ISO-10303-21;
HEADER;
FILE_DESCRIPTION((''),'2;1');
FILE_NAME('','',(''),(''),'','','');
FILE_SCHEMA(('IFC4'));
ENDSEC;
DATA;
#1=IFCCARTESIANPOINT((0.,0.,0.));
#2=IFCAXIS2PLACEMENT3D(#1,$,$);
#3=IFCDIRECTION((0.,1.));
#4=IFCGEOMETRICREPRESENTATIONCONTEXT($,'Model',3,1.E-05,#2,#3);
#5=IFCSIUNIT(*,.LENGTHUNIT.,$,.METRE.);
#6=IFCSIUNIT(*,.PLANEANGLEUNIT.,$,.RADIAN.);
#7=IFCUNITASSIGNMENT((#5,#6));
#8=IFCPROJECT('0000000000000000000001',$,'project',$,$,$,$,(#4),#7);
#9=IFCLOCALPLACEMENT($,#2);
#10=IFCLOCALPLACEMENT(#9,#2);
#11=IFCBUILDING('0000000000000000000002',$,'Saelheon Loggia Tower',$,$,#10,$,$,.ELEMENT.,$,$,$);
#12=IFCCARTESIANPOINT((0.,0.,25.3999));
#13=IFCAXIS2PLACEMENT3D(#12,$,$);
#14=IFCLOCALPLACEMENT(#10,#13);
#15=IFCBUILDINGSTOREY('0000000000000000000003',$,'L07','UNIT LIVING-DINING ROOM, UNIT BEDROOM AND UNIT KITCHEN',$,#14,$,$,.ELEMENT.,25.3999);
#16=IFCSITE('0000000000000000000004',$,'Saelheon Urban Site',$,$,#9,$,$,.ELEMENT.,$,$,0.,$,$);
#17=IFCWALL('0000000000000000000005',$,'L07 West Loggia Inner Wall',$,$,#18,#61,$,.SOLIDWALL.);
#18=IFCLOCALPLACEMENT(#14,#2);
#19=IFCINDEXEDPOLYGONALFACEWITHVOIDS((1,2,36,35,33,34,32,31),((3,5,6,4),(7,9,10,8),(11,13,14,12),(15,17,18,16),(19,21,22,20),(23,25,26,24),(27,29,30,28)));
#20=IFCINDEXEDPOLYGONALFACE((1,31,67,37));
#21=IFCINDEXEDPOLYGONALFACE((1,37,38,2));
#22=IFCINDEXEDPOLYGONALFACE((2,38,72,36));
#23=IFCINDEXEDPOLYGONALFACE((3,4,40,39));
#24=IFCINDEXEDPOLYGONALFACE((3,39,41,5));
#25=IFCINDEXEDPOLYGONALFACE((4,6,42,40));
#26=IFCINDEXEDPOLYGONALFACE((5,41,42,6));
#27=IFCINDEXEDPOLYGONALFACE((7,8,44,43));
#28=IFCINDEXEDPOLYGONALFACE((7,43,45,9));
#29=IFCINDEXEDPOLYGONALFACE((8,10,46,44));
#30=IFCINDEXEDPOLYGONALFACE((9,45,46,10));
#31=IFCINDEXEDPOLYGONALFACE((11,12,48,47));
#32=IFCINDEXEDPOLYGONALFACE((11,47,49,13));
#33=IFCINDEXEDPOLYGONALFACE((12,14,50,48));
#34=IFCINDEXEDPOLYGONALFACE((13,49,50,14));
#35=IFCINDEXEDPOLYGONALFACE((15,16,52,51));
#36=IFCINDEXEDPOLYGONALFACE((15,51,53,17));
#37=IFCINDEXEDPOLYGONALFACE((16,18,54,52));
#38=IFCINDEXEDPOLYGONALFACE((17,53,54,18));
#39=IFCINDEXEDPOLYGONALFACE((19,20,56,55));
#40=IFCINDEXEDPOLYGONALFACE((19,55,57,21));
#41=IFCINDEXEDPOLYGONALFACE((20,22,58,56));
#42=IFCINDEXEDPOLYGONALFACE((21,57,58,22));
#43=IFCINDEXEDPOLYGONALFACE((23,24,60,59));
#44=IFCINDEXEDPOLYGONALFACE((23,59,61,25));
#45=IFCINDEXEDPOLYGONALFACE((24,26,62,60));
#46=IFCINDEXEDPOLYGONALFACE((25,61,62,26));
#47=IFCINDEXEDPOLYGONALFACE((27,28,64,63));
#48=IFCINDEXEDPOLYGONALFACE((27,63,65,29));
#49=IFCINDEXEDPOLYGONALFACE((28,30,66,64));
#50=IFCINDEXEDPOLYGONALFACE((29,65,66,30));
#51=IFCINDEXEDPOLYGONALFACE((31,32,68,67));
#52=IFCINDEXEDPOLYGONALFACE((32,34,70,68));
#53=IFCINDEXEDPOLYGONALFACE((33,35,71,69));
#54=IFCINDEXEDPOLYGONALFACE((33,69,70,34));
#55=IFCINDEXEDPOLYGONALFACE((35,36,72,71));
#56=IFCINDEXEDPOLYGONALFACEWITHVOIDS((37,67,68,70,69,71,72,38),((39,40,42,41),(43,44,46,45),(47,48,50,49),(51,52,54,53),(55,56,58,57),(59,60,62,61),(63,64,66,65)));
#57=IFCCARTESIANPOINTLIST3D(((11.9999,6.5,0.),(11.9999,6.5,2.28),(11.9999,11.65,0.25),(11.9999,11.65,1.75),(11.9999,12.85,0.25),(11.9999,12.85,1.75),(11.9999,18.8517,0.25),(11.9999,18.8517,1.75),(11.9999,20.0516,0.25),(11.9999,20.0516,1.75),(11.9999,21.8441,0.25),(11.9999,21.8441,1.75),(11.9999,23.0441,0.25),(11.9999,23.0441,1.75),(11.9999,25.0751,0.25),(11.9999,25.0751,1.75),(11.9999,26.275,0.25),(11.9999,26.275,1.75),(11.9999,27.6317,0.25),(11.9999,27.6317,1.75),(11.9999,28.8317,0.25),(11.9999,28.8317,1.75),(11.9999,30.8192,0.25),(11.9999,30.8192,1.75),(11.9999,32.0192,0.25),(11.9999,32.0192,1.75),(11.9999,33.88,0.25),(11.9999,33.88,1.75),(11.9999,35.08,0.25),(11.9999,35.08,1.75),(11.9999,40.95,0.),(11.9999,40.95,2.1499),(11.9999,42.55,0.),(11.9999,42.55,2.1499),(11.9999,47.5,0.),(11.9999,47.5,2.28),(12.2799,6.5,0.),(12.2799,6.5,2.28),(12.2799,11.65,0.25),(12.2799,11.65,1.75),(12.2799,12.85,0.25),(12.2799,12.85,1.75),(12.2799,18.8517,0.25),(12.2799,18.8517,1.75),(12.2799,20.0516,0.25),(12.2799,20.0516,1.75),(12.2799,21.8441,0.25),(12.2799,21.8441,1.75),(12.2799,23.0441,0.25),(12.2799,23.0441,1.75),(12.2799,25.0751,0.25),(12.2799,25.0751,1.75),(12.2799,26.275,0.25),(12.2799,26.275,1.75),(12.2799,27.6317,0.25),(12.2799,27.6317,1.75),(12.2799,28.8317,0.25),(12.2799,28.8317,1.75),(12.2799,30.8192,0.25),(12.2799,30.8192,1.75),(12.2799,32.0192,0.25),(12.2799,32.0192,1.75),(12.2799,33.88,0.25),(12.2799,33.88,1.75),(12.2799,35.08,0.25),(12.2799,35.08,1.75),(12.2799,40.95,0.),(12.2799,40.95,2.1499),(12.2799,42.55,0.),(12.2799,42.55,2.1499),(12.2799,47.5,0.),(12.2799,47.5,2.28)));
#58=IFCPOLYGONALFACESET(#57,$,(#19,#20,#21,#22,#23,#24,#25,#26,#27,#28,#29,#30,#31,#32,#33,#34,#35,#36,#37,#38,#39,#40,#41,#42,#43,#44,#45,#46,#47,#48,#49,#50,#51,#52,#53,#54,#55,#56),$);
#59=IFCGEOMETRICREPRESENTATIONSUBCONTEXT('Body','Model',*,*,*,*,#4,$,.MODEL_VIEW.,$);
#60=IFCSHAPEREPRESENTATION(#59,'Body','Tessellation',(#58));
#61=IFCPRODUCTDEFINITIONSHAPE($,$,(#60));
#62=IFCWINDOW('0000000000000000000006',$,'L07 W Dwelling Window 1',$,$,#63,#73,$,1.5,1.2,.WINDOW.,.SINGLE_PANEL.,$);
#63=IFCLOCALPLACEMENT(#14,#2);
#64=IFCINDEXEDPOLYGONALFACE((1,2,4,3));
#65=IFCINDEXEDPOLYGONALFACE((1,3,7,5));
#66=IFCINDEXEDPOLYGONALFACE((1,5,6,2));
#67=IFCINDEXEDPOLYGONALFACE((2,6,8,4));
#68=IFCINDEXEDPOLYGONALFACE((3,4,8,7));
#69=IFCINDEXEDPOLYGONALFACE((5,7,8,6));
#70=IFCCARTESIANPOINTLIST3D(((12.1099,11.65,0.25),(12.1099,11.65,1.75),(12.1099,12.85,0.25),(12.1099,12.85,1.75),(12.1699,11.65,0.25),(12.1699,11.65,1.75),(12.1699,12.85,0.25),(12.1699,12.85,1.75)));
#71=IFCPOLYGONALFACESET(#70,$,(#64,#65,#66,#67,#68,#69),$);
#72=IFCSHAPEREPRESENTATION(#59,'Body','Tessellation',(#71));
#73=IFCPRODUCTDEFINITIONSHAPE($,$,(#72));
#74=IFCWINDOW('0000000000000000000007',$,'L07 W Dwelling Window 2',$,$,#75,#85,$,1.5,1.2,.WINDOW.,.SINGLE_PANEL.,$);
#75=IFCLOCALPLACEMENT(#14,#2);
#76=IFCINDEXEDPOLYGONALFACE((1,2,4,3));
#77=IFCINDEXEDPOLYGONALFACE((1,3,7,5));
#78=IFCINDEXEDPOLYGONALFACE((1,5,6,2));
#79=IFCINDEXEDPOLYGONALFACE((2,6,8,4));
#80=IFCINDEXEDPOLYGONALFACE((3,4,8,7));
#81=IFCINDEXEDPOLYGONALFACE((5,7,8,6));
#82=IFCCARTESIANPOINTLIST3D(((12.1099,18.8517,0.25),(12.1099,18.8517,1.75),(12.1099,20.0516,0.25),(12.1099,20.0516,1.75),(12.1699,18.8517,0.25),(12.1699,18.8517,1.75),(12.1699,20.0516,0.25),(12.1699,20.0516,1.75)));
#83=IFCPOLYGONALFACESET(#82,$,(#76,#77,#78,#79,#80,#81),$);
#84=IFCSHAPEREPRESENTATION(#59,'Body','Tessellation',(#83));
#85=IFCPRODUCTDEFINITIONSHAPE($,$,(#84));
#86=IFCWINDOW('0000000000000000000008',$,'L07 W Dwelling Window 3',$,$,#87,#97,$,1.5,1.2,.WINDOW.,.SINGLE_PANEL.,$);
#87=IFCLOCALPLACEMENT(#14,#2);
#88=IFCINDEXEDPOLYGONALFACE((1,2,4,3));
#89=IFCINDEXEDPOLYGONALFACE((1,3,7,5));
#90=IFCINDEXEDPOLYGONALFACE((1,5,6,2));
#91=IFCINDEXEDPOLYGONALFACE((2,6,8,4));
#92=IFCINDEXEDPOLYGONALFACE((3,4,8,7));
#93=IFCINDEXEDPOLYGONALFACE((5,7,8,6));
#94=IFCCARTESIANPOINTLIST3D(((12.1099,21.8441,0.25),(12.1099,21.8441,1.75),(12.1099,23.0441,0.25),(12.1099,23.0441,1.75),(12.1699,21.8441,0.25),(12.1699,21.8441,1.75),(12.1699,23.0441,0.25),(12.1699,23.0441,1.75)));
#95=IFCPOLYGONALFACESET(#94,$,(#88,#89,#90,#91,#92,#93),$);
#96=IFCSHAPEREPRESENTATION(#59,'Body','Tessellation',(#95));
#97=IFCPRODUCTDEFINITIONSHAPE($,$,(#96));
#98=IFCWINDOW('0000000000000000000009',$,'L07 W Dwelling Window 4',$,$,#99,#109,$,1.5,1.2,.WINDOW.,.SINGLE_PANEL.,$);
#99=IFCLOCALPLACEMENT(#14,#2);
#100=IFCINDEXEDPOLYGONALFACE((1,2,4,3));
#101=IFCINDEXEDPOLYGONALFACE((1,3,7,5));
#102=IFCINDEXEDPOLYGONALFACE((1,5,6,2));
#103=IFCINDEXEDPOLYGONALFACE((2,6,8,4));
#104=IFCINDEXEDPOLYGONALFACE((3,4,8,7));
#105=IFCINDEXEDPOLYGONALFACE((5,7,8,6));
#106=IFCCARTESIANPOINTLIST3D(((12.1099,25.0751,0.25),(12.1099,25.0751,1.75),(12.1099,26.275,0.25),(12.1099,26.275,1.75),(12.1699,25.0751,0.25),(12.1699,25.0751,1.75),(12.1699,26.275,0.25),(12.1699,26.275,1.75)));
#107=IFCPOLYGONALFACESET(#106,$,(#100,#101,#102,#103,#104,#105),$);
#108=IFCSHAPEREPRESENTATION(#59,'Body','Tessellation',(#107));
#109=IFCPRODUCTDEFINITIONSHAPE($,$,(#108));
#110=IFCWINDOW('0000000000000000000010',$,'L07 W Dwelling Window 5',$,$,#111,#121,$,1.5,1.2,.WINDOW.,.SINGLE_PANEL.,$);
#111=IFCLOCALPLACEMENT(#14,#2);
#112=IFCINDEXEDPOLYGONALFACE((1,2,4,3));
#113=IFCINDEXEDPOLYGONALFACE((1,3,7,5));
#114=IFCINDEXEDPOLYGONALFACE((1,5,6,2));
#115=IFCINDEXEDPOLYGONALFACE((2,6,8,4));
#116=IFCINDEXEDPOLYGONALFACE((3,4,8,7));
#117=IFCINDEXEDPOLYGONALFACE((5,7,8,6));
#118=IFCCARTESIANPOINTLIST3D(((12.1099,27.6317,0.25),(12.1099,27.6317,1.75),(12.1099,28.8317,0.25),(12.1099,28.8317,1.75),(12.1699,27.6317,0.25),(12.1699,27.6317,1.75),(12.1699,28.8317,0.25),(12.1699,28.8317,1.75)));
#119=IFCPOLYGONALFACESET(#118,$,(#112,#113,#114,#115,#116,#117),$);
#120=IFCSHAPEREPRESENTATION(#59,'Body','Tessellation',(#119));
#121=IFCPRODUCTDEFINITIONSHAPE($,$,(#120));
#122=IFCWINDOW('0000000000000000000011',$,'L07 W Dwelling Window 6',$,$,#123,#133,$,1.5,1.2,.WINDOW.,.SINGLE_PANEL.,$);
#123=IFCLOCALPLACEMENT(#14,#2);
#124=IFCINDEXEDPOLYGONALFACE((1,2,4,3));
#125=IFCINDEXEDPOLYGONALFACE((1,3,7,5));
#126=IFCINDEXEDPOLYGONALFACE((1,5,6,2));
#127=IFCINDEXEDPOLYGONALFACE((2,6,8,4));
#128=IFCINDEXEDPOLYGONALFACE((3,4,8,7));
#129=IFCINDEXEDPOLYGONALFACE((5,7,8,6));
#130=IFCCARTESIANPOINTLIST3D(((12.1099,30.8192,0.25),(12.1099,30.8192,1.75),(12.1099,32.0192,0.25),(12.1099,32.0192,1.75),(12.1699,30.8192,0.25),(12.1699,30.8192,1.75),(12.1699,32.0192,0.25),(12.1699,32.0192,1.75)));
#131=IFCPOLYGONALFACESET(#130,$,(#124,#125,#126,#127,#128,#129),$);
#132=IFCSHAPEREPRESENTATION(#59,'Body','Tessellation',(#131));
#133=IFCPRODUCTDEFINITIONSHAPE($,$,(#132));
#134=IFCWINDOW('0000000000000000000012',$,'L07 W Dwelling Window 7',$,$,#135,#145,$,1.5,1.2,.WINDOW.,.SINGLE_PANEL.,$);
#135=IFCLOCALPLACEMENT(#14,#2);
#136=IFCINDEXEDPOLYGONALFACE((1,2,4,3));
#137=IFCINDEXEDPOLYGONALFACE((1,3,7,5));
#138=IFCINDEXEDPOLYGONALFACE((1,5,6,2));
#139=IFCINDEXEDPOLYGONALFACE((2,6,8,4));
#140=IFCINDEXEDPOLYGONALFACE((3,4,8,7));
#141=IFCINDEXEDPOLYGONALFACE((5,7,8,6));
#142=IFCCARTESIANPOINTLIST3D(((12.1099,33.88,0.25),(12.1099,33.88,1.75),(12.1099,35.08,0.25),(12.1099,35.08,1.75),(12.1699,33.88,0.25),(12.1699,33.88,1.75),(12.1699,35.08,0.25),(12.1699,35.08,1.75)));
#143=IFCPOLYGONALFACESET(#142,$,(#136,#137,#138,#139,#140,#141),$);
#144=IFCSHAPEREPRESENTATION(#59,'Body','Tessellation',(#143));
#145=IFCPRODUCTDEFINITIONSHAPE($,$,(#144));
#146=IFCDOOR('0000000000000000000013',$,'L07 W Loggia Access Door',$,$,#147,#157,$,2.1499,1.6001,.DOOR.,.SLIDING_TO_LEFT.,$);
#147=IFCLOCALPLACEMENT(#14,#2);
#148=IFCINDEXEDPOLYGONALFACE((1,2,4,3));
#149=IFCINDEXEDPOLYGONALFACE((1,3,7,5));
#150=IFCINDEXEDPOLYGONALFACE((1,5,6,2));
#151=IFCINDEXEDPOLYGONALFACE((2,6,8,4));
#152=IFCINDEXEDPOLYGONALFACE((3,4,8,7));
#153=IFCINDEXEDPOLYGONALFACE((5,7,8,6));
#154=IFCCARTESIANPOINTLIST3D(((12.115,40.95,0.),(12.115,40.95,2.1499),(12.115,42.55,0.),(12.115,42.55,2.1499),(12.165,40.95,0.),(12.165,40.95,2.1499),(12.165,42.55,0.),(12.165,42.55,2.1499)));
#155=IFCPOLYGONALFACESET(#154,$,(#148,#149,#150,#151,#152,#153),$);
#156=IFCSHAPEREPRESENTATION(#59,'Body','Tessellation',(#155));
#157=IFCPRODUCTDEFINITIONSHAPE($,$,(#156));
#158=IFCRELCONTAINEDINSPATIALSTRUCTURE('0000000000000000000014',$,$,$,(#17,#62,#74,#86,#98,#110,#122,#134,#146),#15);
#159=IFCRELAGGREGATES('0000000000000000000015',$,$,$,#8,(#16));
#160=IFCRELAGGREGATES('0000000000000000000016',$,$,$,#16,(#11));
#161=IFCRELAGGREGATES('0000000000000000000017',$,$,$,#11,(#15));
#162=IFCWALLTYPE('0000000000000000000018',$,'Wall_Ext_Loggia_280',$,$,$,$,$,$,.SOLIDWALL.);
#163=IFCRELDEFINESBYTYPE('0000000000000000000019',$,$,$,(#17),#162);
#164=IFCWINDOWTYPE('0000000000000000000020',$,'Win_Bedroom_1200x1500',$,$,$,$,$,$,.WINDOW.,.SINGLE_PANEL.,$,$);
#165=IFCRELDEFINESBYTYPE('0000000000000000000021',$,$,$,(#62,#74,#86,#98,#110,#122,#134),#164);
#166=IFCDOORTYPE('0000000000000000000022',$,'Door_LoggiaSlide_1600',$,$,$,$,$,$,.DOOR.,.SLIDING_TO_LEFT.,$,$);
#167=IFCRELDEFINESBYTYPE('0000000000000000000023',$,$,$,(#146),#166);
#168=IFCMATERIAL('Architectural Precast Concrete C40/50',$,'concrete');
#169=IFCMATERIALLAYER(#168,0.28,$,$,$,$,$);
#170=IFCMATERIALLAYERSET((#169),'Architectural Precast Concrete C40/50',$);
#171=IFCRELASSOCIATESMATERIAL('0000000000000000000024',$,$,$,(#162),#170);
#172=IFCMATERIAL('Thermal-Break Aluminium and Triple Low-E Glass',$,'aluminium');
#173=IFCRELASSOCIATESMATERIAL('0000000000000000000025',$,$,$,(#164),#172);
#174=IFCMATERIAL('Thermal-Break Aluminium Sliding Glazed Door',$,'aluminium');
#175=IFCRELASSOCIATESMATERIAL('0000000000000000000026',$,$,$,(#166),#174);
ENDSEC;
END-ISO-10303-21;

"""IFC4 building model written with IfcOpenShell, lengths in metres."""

from ifc_helpers import new_model, si_unit, direction, frame, frame_2d, origin, place, context, subcontext, project, spatial, rectangle, extrude, source, transform, mapped, material, layer, layer_set, type_object, element, fill, save


model = new_model("IFC4")

# Units and contexts
model_context = context("Model", 3, precision=1e-05, world=origin(), true_north=direction((0.0, 1.0)))
body_context = subcontext(model_context, "Body", "Model", "MODEL_VIEW")
ifc_project = project(units=[si_unit("LENGTHUNIT", "METRE"), si_unit("PLANEANGLEUNIT", "RADIAN")], contexts=[model_context])

# Site, building, storey
site_placement = place(None, origin())
site = spatial("IfcSite", under=ifc_project, at=site_placement, Name="Saelheon Urban Site", CompositionType="ELEMENT", RefElevation=0.0)
building_placement = place(site_placement, origin())
building = spatial("IfcBuilding", under=site, at=building_placement, Name="Saelheon Loggia Tower", CompositionType="ELEMENT")
storey_placement = place(building_placement, frame((0.0, 0.0, 25.3999)))
storey = spatial("IfcBuildingStorey", under=building, at=storey_placement, Name="L07", Description="UNIT LIVING-DINING ROOM, UNIT BEDROOM AND UNIT KITCHEN", CompositionType="ELEMENT", Elevation=25.3999)

# Shared definitions
ifc_material_1 = material(Name="Thermal-Break Aluminium and Triple Low-E Glass", Category="aluminium")

# Wall, openings, windows, door
ifc_material_2 = material(Name="Architectural Precast Concrete C40/50", Category="concrete")
ifc_layer_1 = layer(ifc_material_2, 0.28)
ifc_layer_set_1 = layer_set([ifc_layer_1], Name="Architectural Precast Concrete C40/50")
wall_type = type_object("IfcWallType", Name="Wall_Ext_Loggia_280", PredefinedType="SOLIDWALL", material=ifc_layer_set_1)
wall_placement = place(storey_placement, frame((12.1399, 6.5, 0.0), z_axis=(0.0, 0.0, 1.0), x_axis=(0.0, 1.0, 0.0)))
wall = element("IfcWall", 1, at=wall_placement, inside=storey, type_object=wall_type, Name="L07 West Loggia Inner Wall", PredefinedType="SOLIDWALL", context=body_context, shape_type="SweptSolid", body=[
    extrude(rectangle(XDim=41.0, YDim=0.28, at=frame_2d((20.5, 0.0))), origin(), (0.0, 0.0, 1.0), 2.28),
])
opening_1_placement = place(wall_placement, frame((5.1499, 0.0, 0.25)))
opening_1 = element("IfcOpeningElement", 2, at=opening_1_placement, cuts=wall, PredefinedType="OPENING", context=body_context, shape_type="SweptSolid", body=[
    extrude(rectangle(XDim=1.2, YDim=1.5, at=frame_2d((0.6001, 0.75))), frame((0.0, 0.1521, 0.0), z_axis=(0.0, -1.0, 0.0), x_axis=(1.0, 0.0, 0.0)), (0.0, 0.0, 1.0), 0.304),
])
opening_2_placement = place(wall_placement, frame((12.3516, 0.0, 0.25)))
opening_2 = element("IfcOpeningElement", 3, at=opening_2_placement, cuts=wall, PredefinedType="OPENING", context=body_context, shape_type="SweptSolid", body=[
    extrude(rectangle(XDim=1.2, YDim=1.5, at=frame_2d((0.6001, 0.75))), frame((0.0, 0.1521, 0.0), z_axis=(0.0, -1.0, 0.0), x_axis=(1.0, 0.0, 0.0)), (0.0, 0.0, 1.0), 0.304),
])
opening_3_placement = place(wall_placement, frame((15.344, 0.0, 0.25)))
opening_3 = element("IfcOpeningElement", 4, at=opening_3_placement, cuts=wall, PredefinedType="OPENING", context=body_context, shape_type="SweptSolid", body=[
    extrude(rectangle(XDim=1.2, YDim=1.5, at=frame_2d((0.6001, 0.75))), frame((0.0, 0.1521, 0.0), z_axis=(0.0, -1.0, 0.0), x_axis=(1.0, 0.0, 0.0)), (0.0, 0.0, 1.0), 0.304),
])
opening_4_placement = place(wall_placement, frame((18.575, 0.0, 0.25)))
opening_4 = element("IfcOpeningElement", 5, at=opening_4_placement, cuts=wall, PredefinedType="OPENING", context=body_context, shape_type="SweptSolid", body=[
    extrude(rectangle(XDim=1.2, YDim=1.5, at=frame_2d((0.6001, 0.75))), frame((0.0, 0.1521, 0.0), z_axis=(0.0, -1.0, 0.0), x_axis=(1.0, 0.0, 0.0)), (0.0, 0.0, 1.0), 0.304),
])
opening_5_placement = place(wall_placement, frame((21.1316, 0.0, 0.25)))
opening_5 = element("IfcOpeningElement", 6, at=opening_5_placement, cuts=wall, PredefinedType="OPENING", context=body_context, shape_type="SweptSolid", body=[
    extrude(rectangle(XDim=1.2, YDim=1.5, at=frame_2d((0.6001, 0.75))), frame((0.0, 0.1521, 0.0), z_axis=(0.0, -1.0, 0.0), x_axis=(1.0, 0.0, 0.0)), (0.0, 0.0, 1.0), 0.304),
])
opening_6_placement = place(wall_placement, frame((24.3191, 0.0, 0.25)))
opening_6 = element("IfcOpeningElement", 7, at=opening_6_placement, cuts=wall, PredefinedType="OPENING", context=body_context, shape_type="SweptSolid", body=[
    extrude(rectangle(XDim=1.2, YDim=1.5, at=frame_2d((0.6001, 0.75))), frame((0.0, 0.1521, 0.0), z_axis=(0.0, -1.0, 0.0), x_axis=(1.0, 0.0, 0.0)), (0.0, 0.0, 1.0), 0.304),
])
opening_7_placement = place(wall_placement, frame((27.3799, 0.0, 0.25)))
opening_7 = element("IfcOpeningElement", 8, at=opening_7_placement, cuts=wall, PredefinedType="OPENING", context=body_context, shape_type="SweptSolid", body=[
    extrude(rectangle(XDim=1.2, YDim=1.5, at=frame_2d((0.6001, 0.75))), frame((0.0, 0.1521, 0.0), z_axis=(0.0, -1.0, 0.0), x_axis=(1.0, 0.0, 0.0)), (0.0, 0.0, 1.0), 0.304),
])
opening_8_placement = place(wall_placement, frame((34.45, 0.0, 0.0)))
opening_8 = element("IfcOpeningElement", 9, at=opening_8_placement, cuts=wall, PredefinedType="OPENING", context=body_context, shape_type="SweptSolid", body=[
    extrude(rectangle(XDim=1.6001, YDim=2.1499, at=frame_2d((0.8, 1.075))), frame((0.0, 0.1521, 0.0), z_axis=(0.0, -1.0, 0.0), x_axis=(1.0, 0.0, 0.0)), (0.0, 0.0, 1.0), 0.304),
])
window_type = type_object("IfcWindowType", Name="Win_Bedroom_1200x1500", PartitioningType="SINGLE_PANEL", PredefinedType="WINDOW", material=ifc_material_1)
shared_shape_1 = source(origin(), body_context, "Body", "SweptSolid", [
    extrude(rectangle(XDim=1.2, YDim=1.5, at=frame_2d((0.6001, 0.75))), frame((0.0, 0.03, 0.0), z_axis=(0.0, -1.0, 0.0), x_axis=(1.0, 0.0, 0.0)), (0.0, 0.0, 1.0), 0.0601),
])
window_1_placement = place(opening_1_placement, origin())
window_1 = element("IfcWindow", 10, at=window_1_placement, inside=storey, type_object=window_type, Name="L07 W Dwelling Window 1", OverallHeight=1.5, OverallWidth=1.2, PartitioningType="SINGLE_PANEL", PredefinedType="WINDOW", context=body_context, shape_type="MappedRepresentation", body=[
    mapped(shared_shape_1, transform((0.0, 0.0, 0.0), scale=1.0)),
])
fill(opening_1, window_1)
window_2_placement = place(opening_2_placement, origin())
window_2 = element("IfcWindow", 11, at=window_2_placement, inside=storey, type_object=window_type, Name="L07 W Dwelling Window 2", OverallHeight=1.5, OverallWidth=1.2, PartitioningType="SINGLE_PANEL", PredefinedType="WINDOW", context=body_context, shape_type="MappedRepresentation", body=[
    mapped(shared_shape_1, transform((0.0, 0.0, 0.0), scale=1.0)),
])
fill(opening_2, window_2)
window_3_placement = place(opening_3_placement, origin())
window_3 = element("IfcWindow", 12, at=window_3_placement, inside=storey, type_object=window_type, Name="L07 W Dwelling Window 3", OverallHeight=1.5, OverallWidth=1.2, PartitioningType="SINGLE_PANEL", PredefinedType="WINDOW", context=body_context, shape_type="MappedRepresentation", body=[
    mapped(shared_shape_1, transform((0.0, 0.0, 0.0), scale=1.0)),
])
fill(opening_3, window_3)
window_4_placement = place(opening_4_placement, origin())
window_4 = element("IfcWindow", 13, at=window_4_placement, inside=storey, type_object=window_type, Name="L07 W Dwelling Window 4", OverallHeight=1.5, OverallWidth=1.2, PartitioningType="SINGLE_PANEL", PredefinedType="WINDOW", context=body_context, shape_type="MappedRepresentation", body=[
    mapped(shared_shape_1, transform((0.0, 0.0, 0.0), scale=1.0)),
])
fill(opening_4, window_4)
window_5_placement = place(opening_5_placement, origin())
window_5 = element("IfcWindow", 14, at=window_5_placement, inside=storey, type_object=window_type, Name="L07 W Dwelling Window 5", OverallHeight=1.5, OverallWidth=1.2, PartitioningType="SINGLE_PANEL", PredefinedType="WINDOW", context=body_context, shape_type="MappedRepresentation", body=[
    mapped(shared_shape_1, transform((0.0, 0.0, 0.0), scale=1.0)),
])
fill(opening_5, window_5)
window_6_placement = place(opening_6_placement, origin())
window_6 = element("IfcWindow", 15, at=window_6_placement, inside=storey, type_object=window_type, Name="L07 W Dwelling Window 6", OverallHeight=1.5, OverallWidth=1.2, PartitioningType="SINGLE_PANEL", PredefinedType="WINDOW", context=body_context, shape_type="MappedRepresentation", body=[
    mapped(shared_shape_1, transform((0.0, 0.0, 0.0), scale=1.0)),
])
fill(opening_6, window_6)
window_7_placement = place(opening_7_placement, origin())
window_7 = element("IfcWindow", 16, at=window_7_placement, inside=storey, type_object=window_type, Name="L07 W Dwelling Window 7", OverallHeight=1.5, OverallWidth=1.2, PartitioningType="SINGLE_PANEL", PredefinedType="WINDOW", context=body_context, shape_type="MappedRepresentation", body=[
    mapped(shared_shape_1, transform((0.0, 0.0, 0.0), scale=1.0)),
])
fill(opening_7, window_7)
ifc_material_3 = material(Name="Thermal-Break Aluminium Sliding Glazed Door", Category="aluminium")
door_type = type_object("IfcDoorType", Name="Door_LoggiaSlide_1600", OperationType="SLIDING_TO_LEFT", PredefinedType="DOOR", material=ifc_material_3)
shared_shape_2 = source(origin(), body_context, "Body", "SweptSolid", [
    extrude(rectangle(XDim=1.6001, YDim=2.1499, at=frame_2d((0.8, 1.075))), frame((0.0, 0.0249, 0.0), z_axis=(0.0, -1.0, 0.0), x_axis=(1.0, 0.0, 0.0)), (0.0, 0.0, 1.0), 0.05),
])
door_placement = place(opening_8_placement, origin())
door = element("IfcDoor", 17, at=door_placement, inside=storey, type_object=door_type, Name="L07 W Loggia Access Door", OperationType="SLIDING_TO_LEFT", OverallHeight=2.1499, OverallWidth=1.6001, PredefinedType="DOOR", context=body_context, shape_type="MappedRepresentation", body=[
    mapped(shared_shape_2, transform((0.0, 0.0, 0.0), scale=1.0)),
])
fill(opening_8, door)

save(model, "model.ifc")
